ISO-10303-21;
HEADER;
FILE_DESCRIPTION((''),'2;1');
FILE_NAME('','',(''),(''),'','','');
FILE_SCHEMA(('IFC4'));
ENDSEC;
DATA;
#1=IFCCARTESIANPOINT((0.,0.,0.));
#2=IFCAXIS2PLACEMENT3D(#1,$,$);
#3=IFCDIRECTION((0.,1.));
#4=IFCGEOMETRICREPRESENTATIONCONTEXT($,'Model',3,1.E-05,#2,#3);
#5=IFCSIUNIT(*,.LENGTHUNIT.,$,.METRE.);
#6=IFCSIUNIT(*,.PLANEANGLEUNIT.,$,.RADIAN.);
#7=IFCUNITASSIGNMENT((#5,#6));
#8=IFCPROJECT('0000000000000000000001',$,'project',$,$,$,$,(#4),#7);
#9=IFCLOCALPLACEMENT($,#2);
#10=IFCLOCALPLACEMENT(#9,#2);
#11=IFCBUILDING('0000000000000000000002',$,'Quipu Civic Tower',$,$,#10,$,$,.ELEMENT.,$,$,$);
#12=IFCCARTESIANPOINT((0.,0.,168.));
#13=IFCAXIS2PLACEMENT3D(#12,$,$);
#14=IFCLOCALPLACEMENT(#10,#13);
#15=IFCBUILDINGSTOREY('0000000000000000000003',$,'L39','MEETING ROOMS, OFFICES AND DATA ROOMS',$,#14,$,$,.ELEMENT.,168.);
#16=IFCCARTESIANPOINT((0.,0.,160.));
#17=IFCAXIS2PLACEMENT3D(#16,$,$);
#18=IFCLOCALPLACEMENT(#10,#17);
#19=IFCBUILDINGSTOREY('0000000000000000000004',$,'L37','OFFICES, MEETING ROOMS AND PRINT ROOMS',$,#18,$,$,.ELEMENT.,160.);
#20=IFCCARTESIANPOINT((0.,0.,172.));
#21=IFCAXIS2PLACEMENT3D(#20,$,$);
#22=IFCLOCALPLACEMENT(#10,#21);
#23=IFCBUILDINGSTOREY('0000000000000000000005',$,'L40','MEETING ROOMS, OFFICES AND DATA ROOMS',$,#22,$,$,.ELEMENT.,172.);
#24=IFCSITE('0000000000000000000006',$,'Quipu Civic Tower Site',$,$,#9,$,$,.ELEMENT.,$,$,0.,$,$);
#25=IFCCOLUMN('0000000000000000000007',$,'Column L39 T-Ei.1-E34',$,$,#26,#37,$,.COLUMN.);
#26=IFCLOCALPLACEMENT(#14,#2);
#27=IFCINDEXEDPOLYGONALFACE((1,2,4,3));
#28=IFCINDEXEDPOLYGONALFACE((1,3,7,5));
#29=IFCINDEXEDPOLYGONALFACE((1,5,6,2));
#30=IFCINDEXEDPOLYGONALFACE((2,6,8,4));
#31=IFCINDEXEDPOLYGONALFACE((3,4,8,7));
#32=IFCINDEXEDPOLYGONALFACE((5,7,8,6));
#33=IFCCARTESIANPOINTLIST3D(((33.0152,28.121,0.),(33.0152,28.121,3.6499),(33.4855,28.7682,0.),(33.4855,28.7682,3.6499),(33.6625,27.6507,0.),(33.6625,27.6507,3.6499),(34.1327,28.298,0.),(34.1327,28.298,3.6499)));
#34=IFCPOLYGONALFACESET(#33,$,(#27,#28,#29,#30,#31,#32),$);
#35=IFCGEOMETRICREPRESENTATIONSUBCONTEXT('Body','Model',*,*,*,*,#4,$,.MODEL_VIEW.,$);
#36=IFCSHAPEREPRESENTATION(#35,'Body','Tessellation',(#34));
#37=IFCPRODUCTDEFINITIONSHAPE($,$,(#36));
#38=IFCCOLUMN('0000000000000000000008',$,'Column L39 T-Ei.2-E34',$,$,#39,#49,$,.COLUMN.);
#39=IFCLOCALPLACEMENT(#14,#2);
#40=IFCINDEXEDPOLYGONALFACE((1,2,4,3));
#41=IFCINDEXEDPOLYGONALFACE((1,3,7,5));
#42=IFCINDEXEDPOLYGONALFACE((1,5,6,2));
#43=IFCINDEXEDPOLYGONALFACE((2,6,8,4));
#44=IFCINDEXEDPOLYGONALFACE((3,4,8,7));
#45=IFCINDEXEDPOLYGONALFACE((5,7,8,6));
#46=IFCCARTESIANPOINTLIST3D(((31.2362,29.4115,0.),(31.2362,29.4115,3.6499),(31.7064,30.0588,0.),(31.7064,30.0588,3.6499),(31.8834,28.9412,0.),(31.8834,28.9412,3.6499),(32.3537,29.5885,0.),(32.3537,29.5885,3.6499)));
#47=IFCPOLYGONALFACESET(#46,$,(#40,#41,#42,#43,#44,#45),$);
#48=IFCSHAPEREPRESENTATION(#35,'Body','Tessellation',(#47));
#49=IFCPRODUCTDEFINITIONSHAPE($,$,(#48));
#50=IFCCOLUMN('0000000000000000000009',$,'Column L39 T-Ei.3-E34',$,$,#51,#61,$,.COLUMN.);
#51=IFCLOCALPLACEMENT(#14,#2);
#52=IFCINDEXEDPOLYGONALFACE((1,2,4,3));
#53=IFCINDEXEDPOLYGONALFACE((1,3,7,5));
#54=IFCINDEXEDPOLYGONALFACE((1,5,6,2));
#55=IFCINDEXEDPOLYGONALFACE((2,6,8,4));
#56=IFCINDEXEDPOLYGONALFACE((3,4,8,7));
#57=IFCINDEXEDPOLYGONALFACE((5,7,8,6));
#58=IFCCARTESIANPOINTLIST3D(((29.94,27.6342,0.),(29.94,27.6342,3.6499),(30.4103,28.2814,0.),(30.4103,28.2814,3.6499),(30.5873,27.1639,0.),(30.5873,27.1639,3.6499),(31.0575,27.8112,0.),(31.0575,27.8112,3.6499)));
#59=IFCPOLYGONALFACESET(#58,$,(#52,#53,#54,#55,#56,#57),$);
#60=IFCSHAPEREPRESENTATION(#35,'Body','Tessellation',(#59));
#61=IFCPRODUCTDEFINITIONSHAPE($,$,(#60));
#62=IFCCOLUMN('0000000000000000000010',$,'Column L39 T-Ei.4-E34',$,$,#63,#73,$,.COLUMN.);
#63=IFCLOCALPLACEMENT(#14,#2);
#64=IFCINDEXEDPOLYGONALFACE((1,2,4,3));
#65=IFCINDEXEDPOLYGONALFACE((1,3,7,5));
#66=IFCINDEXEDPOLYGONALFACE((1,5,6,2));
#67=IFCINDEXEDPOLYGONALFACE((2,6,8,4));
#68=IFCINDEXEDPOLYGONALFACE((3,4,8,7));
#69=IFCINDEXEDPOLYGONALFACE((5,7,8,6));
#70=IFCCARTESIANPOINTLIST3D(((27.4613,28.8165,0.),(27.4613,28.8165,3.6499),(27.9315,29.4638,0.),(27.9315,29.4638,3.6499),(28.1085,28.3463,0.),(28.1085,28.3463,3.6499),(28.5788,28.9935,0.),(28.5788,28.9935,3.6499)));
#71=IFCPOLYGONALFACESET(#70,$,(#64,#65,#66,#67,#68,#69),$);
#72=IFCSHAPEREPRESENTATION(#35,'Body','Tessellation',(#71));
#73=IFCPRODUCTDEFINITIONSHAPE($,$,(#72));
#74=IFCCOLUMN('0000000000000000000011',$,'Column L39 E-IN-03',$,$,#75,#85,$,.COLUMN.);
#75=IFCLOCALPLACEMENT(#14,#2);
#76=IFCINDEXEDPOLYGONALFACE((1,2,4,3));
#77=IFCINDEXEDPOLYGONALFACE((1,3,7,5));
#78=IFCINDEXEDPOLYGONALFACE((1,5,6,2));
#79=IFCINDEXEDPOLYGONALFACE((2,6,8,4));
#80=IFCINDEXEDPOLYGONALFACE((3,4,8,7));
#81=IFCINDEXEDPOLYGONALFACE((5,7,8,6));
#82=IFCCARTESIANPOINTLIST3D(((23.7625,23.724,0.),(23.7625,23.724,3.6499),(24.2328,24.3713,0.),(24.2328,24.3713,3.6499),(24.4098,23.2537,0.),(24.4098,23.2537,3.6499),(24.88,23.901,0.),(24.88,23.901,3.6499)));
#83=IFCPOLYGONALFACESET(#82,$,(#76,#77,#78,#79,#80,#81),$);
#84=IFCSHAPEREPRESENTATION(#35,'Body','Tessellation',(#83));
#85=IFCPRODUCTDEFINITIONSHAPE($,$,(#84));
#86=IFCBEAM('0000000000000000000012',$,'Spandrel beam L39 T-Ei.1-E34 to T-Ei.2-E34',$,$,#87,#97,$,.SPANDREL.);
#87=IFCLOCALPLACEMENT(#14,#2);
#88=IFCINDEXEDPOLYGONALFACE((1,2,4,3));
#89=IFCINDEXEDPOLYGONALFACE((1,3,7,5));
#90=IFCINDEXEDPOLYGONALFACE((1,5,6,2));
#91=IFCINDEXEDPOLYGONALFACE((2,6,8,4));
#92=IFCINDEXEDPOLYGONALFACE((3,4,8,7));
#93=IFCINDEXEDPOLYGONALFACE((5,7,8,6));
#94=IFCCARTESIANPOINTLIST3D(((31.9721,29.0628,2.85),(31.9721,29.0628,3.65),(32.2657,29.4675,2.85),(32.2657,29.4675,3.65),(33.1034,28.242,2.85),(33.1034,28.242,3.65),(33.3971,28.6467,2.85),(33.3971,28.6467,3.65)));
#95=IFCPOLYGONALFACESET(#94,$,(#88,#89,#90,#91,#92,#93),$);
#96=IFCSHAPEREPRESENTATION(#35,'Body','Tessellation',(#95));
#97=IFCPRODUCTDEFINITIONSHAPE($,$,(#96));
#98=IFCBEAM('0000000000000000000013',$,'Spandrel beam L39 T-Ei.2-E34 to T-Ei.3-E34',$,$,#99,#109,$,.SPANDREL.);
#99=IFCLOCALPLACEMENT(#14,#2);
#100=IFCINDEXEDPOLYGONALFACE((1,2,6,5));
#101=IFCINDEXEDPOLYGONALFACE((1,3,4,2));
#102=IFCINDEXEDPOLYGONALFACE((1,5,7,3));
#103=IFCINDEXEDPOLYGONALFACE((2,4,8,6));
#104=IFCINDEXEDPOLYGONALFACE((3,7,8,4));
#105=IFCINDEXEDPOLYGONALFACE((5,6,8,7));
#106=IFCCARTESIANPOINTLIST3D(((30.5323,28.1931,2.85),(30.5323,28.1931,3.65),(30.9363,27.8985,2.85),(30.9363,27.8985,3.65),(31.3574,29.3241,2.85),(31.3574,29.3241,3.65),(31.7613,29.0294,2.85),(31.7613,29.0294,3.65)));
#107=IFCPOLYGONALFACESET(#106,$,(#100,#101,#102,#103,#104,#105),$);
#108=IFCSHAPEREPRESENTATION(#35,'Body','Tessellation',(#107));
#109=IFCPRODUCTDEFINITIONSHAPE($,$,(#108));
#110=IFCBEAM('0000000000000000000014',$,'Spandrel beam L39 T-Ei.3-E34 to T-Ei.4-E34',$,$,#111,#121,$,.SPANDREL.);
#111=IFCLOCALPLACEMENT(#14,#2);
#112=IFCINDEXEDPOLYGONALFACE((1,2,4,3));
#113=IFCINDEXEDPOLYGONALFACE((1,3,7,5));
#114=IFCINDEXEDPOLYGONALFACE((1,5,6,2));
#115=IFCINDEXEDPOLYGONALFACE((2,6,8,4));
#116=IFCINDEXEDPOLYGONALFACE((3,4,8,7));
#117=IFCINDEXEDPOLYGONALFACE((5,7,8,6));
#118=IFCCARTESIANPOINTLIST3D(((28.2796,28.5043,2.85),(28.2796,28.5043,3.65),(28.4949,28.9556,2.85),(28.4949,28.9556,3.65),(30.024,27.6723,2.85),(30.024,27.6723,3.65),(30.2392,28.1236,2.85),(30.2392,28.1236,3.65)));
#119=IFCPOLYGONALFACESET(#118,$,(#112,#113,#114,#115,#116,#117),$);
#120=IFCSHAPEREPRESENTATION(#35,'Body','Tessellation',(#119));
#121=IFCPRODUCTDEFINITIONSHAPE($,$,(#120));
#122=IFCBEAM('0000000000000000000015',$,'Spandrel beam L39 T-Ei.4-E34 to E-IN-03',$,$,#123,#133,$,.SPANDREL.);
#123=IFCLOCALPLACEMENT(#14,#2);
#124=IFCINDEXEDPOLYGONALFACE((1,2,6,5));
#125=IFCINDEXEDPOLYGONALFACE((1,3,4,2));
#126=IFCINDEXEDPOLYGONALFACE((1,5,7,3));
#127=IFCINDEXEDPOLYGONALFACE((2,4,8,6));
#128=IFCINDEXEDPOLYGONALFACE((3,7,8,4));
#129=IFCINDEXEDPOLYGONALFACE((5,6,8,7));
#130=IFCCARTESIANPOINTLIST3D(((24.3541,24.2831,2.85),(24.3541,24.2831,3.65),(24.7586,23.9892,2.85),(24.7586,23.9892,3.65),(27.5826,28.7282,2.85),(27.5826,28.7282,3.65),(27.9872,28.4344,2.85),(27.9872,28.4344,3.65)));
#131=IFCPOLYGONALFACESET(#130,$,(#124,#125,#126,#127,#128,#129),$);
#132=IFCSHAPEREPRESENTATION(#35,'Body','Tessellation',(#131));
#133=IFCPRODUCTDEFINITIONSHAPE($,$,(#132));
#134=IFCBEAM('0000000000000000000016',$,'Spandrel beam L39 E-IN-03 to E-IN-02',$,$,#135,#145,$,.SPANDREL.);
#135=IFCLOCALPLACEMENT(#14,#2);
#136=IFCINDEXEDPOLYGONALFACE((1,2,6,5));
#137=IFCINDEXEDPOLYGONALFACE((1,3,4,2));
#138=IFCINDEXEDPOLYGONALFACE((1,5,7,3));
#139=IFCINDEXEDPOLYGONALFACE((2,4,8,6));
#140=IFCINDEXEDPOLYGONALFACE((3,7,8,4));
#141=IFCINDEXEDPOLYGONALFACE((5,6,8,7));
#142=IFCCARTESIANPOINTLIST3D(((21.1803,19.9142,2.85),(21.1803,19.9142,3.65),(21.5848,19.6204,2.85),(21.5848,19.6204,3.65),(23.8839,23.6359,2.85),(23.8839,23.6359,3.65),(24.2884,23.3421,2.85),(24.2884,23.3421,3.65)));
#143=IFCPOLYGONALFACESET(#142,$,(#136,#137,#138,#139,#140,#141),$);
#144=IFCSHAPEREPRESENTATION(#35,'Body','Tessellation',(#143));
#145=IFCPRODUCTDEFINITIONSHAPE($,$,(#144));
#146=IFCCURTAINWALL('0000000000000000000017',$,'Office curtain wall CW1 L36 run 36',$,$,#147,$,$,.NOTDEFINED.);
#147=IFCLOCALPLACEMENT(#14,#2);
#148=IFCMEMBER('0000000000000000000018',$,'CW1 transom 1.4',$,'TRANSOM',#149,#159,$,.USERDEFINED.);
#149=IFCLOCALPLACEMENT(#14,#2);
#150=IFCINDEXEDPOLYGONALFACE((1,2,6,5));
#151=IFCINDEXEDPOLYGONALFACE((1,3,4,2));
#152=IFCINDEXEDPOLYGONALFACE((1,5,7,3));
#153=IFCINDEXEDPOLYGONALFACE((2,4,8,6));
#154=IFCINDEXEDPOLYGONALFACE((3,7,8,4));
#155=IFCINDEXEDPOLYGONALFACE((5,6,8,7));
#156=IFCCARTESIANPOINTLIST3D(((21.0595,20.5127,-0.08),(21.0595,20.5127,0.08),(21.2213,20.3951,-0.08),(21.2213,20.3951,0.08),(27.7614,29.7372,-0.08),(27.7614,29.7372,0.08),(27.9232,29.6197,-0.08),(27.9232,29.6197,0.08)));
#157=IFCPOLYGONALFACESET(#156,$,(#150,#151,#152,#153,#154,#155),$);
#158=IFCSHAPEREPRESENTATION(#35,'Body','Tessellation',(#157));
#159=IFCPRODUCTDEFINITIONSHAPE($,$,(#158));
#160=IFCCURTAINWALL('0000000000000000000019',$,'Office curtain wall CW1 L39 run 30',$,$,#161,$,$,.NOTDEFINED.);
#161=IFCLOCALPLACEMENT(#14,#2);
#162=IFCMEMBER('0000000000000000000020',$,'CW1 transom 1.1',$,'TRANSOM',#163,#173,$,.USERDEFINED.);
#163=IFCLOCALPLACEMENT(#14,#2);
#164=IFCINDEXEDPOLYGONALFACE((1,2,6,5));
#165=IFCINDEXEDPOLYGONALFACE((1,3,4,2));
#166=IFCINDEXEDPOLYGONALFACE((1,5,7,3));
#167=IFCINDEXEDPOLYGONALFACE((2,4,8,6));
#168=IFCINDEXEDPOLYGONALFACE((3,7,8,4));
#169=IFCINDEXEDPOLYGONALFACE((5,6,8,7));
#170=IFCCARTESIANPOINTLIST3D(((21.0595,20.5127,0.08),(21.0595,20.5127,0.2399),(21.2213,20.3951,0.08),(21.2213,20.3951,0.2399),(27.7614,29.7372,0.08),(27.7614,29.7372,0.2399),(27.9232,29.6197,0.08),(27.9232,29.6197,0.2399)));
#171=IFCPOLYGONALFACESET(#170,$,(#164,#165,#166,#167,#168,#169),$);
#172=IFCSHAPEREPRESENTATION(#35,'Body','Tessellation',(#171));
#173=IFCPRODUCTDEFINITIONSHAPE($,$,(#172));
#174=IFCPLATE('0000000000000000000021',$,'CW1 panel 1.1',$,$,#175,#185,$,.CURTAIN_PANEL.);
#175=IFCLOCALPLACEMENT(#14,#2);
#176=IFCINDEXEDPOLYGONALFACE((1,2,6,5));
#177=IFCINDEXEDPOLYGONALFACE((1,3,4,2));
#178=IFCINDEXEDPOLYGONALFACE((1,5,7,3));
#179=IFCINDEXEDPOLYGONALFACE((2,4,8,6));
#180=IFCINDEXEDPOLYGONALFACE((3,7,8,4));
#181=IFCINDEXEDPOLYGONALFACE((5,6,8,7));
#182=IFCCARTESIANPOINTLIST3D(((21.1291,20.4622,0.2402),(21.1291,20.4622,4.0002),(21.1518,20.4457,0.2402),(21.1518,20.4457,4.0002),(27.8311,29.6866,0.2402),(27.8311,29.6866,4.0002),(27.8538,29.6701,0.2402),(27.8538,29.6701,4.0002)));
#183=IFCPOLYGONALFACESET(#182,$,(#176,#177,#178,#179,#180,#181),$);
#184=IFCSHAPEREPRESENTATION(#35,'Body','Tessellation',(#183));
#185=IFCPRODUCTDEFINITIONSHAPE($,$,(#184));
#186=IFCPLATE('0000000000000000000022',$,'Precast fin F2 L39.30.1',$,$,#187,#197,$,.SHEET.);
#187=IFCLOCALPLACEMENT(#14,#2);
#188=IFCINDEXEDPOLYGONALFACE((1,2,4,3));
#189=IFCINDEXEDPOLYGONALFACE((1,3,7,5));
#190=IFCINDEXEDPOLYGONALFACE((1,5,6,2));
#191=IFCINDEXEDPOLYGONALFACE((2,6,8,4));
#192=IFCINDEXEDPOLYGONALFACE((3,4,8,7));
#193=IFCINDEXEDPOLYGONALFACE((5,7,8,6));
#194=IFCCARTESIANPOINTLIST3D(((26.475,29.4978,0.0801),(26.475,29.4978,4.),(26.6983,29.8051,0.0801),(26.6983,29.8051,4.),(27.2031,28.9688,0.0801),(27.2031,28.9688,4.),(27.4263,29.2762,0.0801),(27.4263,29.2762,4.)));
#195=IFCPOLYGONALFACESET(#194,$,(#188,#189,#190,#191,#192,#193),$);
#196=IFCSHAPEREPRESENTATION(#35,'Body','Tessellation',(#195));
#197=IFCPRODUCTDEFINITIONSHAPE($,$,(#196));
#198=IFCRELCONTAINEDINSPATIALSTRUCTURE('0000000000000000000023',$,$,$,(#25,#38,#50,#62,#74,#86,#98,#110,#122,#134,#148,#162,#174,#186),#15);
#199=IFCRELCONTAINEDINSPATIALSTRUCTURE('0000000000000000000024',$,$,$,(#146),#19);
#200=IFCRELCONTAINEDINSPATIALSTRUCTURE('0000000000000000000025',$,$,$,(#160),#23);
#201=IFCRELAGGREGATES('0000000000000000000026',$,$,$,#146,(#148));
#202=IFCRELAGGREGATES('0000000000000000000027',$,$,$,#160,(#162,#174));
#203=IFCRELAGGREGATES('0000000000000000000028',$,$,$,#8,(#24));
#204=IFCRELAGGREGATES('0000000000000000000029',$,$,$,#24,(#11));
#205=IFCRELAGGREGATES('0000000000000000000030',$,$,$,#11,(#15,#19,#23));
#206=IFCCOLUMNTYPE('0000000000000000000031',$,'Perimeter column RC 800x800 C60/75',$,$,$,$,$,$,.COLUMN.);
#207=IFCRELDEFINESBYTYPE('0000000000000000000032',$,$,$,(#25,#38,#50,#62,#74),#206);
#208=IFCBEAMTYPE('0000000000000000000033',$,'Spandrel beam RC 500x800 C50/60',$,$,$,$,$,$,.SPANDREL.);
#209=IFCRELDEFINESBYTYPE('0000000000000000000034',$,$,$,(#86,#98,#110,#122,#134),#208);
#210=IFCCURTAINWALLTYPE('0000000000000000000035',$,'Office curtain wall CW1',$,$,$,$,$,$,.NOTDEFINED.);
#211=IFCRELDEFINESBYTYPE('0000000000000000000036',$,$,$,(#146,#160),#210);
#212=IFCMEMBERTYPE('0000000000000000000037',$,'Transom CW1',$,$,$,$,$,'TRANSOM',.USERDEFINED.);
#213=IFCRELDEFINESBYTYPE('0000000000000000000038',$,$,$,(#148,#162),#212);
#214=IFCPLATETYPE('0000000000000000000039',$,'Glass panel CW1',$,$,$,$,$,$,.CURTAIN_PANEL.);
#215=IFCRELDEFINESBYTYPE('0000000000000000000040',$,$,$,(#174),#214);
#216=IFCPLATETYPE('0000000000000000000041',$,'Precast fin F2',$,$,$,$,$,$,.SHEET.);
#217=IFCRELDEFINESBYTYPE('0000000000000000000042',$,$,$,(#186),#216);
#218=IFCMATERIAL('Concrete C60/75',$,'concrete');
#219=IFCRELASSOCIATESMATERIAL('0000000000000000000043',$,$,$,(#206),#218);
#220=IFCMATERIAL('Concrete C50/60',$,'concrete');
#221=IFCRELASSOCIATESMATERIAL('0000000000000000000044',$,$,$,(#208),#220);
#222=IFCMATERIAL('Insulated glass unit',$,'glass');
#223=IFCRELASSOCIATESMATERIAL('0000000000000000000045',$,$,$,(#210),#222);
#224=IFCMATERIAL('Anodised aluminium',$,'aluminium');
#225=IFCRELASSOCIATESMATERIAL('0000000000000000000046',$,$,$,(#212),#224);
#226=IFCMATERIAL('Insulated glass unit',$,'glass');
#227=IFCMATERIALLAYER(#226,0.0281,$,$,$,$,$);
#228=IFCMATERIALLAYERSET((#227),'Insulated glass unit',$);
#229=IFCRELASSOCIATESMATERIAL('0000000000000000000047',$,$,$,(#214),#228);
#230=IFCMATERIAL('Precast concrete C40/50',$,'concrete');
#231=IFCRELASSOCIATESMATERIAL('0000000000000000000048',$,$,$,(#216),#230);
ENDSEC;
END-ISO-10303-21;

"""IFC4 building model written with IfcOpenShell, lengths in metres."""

from ifc_helpers import new_model, si_unit, direction, frame, origin, origin_2d, place, context, subcontext, project, spatial, rectangle, extrude, material, layer, layer_set, material_profile, profile_set, type_object, element, aggregate, save


model = new_model("IFC4")

# Units and contexts
model_context = context("Model", 3, precision=1e-05, world=origin(), true_north=direction((0.0, 1.0)))
body_context = subcontext(model_context, "Body", "Model", "MODEL_VIEW")
ifc_project = project(units=[si_unit("LENGTHUNIT", "METRE"), si_unit("PLANEANGLEUNIT", "RADIAN")], contexts=[model_context])

# Site, building, storey
site_placement = place(None, origin())
site = spatial("IfcSite", under=ifc_project, at=site_placement, Name="Quipu Civic Tower Site", CompositionType="ELEMENT", RefElevation=0.0)
building_placement = place(site_placement, origin())
building = spatial("IfcBuilding", under=site, at=building_placement, Name="Quipu Civic Tower", CompositionType="ELEMENT")
storey_1_placement = place(building_placement, frame((0.0, 0.0, 168.0)))
storey_1 = spatial("IfcBuildingStorey", under=building, at=storey_1_placement, Name="L39", Description="MEETING ROOMS, OFFICES AND DATA ROOMS", CompositionType="ELEMENT", Elevation=168.0)

# Columns
ifc_material_1 = material(Name="Concrete C60/75", Category="concrete")
ifc_material_profile_1 = material_profile(ifc_material_1, rectangle(XDim=0.8, YDim=0.8, at=origin_2d()), Name="RC800x800")
ifc_profile_set_1 = profile_set([ifc_material_profile_1], Name="Concrete C60/75")
column_type = type_object("IfcColumnType", Name="Perimeter column RC 800x800 C60/75", PredefinedType="COLUMN", material=ifc_profile_set_1)
for number, where, z_axis, x_axis, name in (
    (1, (33.574, 28.2095, 0.0), (0.0, 0.0, 1.0), (-0.809017, 0.587785, 0.0), "Column L39 T-Ei.1-E34"),
    (2, (31.7949, 29.5, 0.0), (0.0, 0.0, 1.0), (-0.587785, -0.809017, 0.0), "Column L39 T-Ei.2-E34"),
    (3, (30.4988, 27.7227, 0.0), (0.0, 0.0, 1.0), (-0.809017, 0.587785, 0.0), "Column L39 T-Ei.3-E34"),
    (4, (28.02, 28.905, 0.0), (0.0, 0.0, 1.0), (-0.809017, 0.587785, 0.0), "Column L39 T-Ei.4-E34"),
    (5, (24.3213, 23.8125, 0.0), (0.0, 0.0, 1.0), (-0.587785, -0.809017, 0.0), "Column L39 E-IN-03"),
):
    element("IfcColumn", number, at=place(storey_1_placement, frame(where, z_axis=z_axis, x_axis=x_axis)), inside=storey_1, type_object=column_type, Name=name, PredefinedType="COLUMN", context=body_context, shape_type="SweptSolid", body=[
        extrude(rectangle(XDim=0.8, YDim=0.8, at=origin_2d()), origin(), (0.0, 0.0, 1.0), 3.6499),
    ])

# Beams
ifc_material_2 = material(Name="Concrete C50/60", Category="concrete")
ifc_material_profile_2 = material_profile(ifc_material_2, rectangle(XDim=0.5, YDim=0.8, at=origin_2d()), Name="RC500x800")
ifc_profile_set_2 = profile_set([ifc_material_profile_2], Name="Concrete C50/60")
beam_type = type_object("IfcBeamType", Name="Spandrel beam RC 500x800 C50/60", PredefinedType="SPANDREL", material=ifc_profile_set_2)
beam_1_placement = place(storey_1_placement, frame((33.2502, 28.4443, 3.25), z_axis=(-0.809415, 0.587237, 0.0), x_axis=(-0.587237, -0.809415, 0.0)))
element("IfcBeam", 6, at=beam_1_placement, inside=storey_1, type_object=beam_type, Name="Spandrel beam L39 T-Ei.1-E34 to T-Ei.2-E34", PredefinedType="SPANDREL", context=body_context, shape_type="SweptSolid", body=[
    extrude(rectangle(XDim=0.5, YDim=0.8, at=origin_2d()), origin(), (0.0, 0.0, 1.0), 1.3977),
])
beam_2_placement = place(storey_1_placement, frame((31.5593, 29.1768, 3.25), z_axis=(-0.589343, -0.807883, 0.0), x_axis=(0.807883, -0.589343, 0.0)))
element("IfcBeam", 7, at=beam_2_placement, inside=storey_1, type_object=beam_type, Name="Spandrel beam L39 T-Ei.2-E34 to T-Ei.3-E34", PredefinedType="SPANDREL", context=body_context, shape_type="SweptSolid", body=[
    extrude(rectangle(XDim=0.5, YDim=0.8, at=origin_2d()), origin(), (0.0, 0.0, 1.0), 1.3999),
])
beam_3_placement = place(storey_1_placement, frame((30.1316, 27.8979, 3.25), z_axis=(-0.902585, 0.430512, 0.0), x_axis=(-0.430512, -0.902585, 0.0)))
element("IfcBeam", 8, at=beam_3_placement, inside=storey_1, type_object=beam_type, Name="Spandrel beam L39 T-Ei.3-E34 to T-Ei.4-E34", PredefinedType="SPANDREL", context=body_context, shape_type="SweptSolid", body=[
    extrude(rectangle(XDim=0.5, YDim=0.8, at=origin_2d()), origin(), (0.0, 0.0, 1.0), 1.9326),
])
beam_4_placement = place(storey_1_placement, frame((27.7849, 28.5813, 3.25), z_axis=(-0.587664, -0.809105, 0.0), x_axis=(0.809105, -0.587664, 0.0)))
element("IfcBeam", 9, at=beam_4_placement, inside=storey_1, type_object=beam_type, Name="Spandrel beam L39 T-Ei.4-E34 to E-IN-03", PredefinedType="SPANDREL", context=body_context, shape_type="SweptSolid", body=[
    extrude(rectangle(XDim=0.5, YDim=0.8, at=origin_2d()), origin(), (0.0, 0.0, 1.0), 5.4939),
])
beam_5_placement = place(storey_1_placement, frame((24.0862, 23.489, 3.25), z_axis=(-0.587736, -0.809053, 0.0), x_axis=(0.809053, -0.587736, 0.0)))
element("IfcBeam", 10, at=beam_5_placement, inside=storey_1, type_object=beam_type, Name="Spandrel beam L39 E-IN-03 to E-IN-02", PredefinedType="SPANDREL", context=body_context, shape_type="SweptSolid", body=[
    extrude(rectangle(XDim=0.5, YDim=0.8, at=origin_2d()), origin(), (0.0, 0.0, 1.0), 4.6001),
])

# Shared definitions
storey_2_placement = place(building_placement, frame((0.0, 0.0, 160.0)))
storey_2 = spatial("IfcBuildingStorey", under=building, at=storey_2_placement, Name="L37", Description="OFFICES, MEETING ROOMS AND PRINT ROOMS", CompositionType="ELEMENT", Elevation=160.0)

# Curtain wall, member
ifc_material_3 = material(Name="Insulated glass unit", Category="glass")
curtain_wall_type = type_object("IfcCurtainWallType", Name="Office curtain wall CW1", PredefinedType="NOTDEFINED", material=ifc_material_3)
curtain_wall_1_placement = place(storey_2_placement, origin())
curtain_wall_1 = element("IfcCurtainWall", 11, at=curtain_wall_1_placement, inside=storey_2, type_object=curtain_wall_type, Name="Office curtain wall CW1 L36 run 36", PredefinedType="NOTDEFINED")
ifc_material_4 = material(Name="Anodised aluminium", Category="aluminium")
ifc_material_profile_3 = material_profile(ifc_material_4, rectangle(XDim=0.2, YDim=0.1599, at=origin_2d()), Name="RECT 200x160")
ifc_profile_set_3 = profile_set([ifc_material_profile_3], Name="Anodised aluminium")
member_type = type_object("IfcMemberType", Name="Transom CW1", ElementType="TRANSOM", PredefinedType="USERDEFINED", material=ifc_profile_set_3)
member_1_placement = place(storey_1_placement, frame((27.8423, 29.6785, 0.0), z_axis=(-0.587776, -0.809024, 0.0), x_axis=(0.809024, -0.587776, 0.0)))
member_1 = element("IfcMember", 12, at=member_1_placement, inside=storey_1, type_object=member_type, Name="CW1 transom 1.4", ObjectType="TRANSOM", PredefinedType="USERDEFINED", context=body_context, shape_type="SweptSolid", body=[
    extrude(rectangle(XDim=0.2, YDim=0.1599, at=origin_2d()), origin(), (0.0, 0.0, 1.0), 11.4021),
])
aggregate(curtain_wall_1, [member_1])

# Shared definitions
storey_3_placement = place(building_placement, frame((0.0, 0.0, 172.0)))
storey_3 = spatial("IfcBuildingStorey", under=building, at=storey_3_placement, Name="L40", Description="MEETING ROOMS, OFFICES AND DATA ROOMS", CompositionType="ELEMENT", Elevation=172.0)

# Curtain wall, member, plate
curtain_wall_2_placement = place(storey_3_placement, origin())
curtain_wall_2 = element("IfcCurtainWall", 13, at=curtain_wall_2_placement, inside=storey_3, type_object=curtain_wall_type, Name="Office curtain wall CW1 L39 run 30", PredefinedType="NOTDEFINED")
member_2_placement = place(storey_1_placement, frame((27.8423, 29.6785, 0.1599), z_axis=(-0.587776, -0.809024, 0.0), x_axis=(0.809024, -0.587776, 0.0)))
member_2 = element("IfcMember", 14, at=member_2_placement, inside=storey_1, type_object=member_type, Name="CW1 transom 1.1", ObjectType="TRANSOM", PredefinedType="USERDEFINED", context=body_context, shape_type="SweptSolid", body=[
    extrude(rectangle(XDim=0.2, YDim=0.1599, at=origin_2d()), origin(), (0.0, 0.0, 1.0), 11.4021),
])
ifc_material_5 = material(Name="Insulated glass unit", Category="glass")
ifc_layer_1 = layer(ifc_material_5, 0.0281)
ifc_layer_set_1 = layer_set([ifc_layer_1], Name="Insulated glass unit")
plate_type_1 = type_object("IfcPlateType", Name="Glass panel CW1", PredefinedType="CURTAIN_PANEL", material=ifc_layer_set_1)
plate_placement = place(storey_1_placement, frame((24.4915, 25.0662, 0.2402), z_axis=(0.0, 0.0, 1.0), x_axis=(-0.587789, -0.809014, 0.0)))
plate = element("IfcPlate", 15, at=plate_placement, inside=storey_1, type_object=plate_type_1, Name="CW1 panel 1.1", PredefinedType="CURTAIN_PANEL", context=body_context, shape_type="SweptSolid", body=[
    extrude(rectangle(XDim=11.4021, YDim=0.0281, at=origin_2d()), origin(), (0.0, 0.0, 1.0), 3.76),
])
aggregate(curtain_wall_2, [member_2, plate])

# Plate
ifc_material_6 = material(Name="Precast concrete C40/50", Category="concrete")
plate_type_2 = type_object("IfcPlateType", Name="Precast fin F2", PredefinedType="SHEET", material=ifc_material_6)
for number, where, z_axis, x_axis, name in (
    (16, (26.9507, 29.387, 0.0801), (0.0, 0.0, 1.0), (-0.587787, -0.809016, 0.0), "Precast fin F2 L39.30.1"),
):
    element("IfcPlate", number, at=place(storey_1_placement, frame(where, z_axis=z_axis, x_axis=x_axis)), inside=storey_1, type_object=plate_type_2, Name=name, PredefinedType="SHEET", context=body_context, shape_type="SweptSolid", body=[
        extrude(rectangle(XDim=0.3799, YDim=0.8999, at=origin_2d()), origin(), (0.0, 0.0, 1.0), 3.9199),
    ])

save(model, "model.ifc")
